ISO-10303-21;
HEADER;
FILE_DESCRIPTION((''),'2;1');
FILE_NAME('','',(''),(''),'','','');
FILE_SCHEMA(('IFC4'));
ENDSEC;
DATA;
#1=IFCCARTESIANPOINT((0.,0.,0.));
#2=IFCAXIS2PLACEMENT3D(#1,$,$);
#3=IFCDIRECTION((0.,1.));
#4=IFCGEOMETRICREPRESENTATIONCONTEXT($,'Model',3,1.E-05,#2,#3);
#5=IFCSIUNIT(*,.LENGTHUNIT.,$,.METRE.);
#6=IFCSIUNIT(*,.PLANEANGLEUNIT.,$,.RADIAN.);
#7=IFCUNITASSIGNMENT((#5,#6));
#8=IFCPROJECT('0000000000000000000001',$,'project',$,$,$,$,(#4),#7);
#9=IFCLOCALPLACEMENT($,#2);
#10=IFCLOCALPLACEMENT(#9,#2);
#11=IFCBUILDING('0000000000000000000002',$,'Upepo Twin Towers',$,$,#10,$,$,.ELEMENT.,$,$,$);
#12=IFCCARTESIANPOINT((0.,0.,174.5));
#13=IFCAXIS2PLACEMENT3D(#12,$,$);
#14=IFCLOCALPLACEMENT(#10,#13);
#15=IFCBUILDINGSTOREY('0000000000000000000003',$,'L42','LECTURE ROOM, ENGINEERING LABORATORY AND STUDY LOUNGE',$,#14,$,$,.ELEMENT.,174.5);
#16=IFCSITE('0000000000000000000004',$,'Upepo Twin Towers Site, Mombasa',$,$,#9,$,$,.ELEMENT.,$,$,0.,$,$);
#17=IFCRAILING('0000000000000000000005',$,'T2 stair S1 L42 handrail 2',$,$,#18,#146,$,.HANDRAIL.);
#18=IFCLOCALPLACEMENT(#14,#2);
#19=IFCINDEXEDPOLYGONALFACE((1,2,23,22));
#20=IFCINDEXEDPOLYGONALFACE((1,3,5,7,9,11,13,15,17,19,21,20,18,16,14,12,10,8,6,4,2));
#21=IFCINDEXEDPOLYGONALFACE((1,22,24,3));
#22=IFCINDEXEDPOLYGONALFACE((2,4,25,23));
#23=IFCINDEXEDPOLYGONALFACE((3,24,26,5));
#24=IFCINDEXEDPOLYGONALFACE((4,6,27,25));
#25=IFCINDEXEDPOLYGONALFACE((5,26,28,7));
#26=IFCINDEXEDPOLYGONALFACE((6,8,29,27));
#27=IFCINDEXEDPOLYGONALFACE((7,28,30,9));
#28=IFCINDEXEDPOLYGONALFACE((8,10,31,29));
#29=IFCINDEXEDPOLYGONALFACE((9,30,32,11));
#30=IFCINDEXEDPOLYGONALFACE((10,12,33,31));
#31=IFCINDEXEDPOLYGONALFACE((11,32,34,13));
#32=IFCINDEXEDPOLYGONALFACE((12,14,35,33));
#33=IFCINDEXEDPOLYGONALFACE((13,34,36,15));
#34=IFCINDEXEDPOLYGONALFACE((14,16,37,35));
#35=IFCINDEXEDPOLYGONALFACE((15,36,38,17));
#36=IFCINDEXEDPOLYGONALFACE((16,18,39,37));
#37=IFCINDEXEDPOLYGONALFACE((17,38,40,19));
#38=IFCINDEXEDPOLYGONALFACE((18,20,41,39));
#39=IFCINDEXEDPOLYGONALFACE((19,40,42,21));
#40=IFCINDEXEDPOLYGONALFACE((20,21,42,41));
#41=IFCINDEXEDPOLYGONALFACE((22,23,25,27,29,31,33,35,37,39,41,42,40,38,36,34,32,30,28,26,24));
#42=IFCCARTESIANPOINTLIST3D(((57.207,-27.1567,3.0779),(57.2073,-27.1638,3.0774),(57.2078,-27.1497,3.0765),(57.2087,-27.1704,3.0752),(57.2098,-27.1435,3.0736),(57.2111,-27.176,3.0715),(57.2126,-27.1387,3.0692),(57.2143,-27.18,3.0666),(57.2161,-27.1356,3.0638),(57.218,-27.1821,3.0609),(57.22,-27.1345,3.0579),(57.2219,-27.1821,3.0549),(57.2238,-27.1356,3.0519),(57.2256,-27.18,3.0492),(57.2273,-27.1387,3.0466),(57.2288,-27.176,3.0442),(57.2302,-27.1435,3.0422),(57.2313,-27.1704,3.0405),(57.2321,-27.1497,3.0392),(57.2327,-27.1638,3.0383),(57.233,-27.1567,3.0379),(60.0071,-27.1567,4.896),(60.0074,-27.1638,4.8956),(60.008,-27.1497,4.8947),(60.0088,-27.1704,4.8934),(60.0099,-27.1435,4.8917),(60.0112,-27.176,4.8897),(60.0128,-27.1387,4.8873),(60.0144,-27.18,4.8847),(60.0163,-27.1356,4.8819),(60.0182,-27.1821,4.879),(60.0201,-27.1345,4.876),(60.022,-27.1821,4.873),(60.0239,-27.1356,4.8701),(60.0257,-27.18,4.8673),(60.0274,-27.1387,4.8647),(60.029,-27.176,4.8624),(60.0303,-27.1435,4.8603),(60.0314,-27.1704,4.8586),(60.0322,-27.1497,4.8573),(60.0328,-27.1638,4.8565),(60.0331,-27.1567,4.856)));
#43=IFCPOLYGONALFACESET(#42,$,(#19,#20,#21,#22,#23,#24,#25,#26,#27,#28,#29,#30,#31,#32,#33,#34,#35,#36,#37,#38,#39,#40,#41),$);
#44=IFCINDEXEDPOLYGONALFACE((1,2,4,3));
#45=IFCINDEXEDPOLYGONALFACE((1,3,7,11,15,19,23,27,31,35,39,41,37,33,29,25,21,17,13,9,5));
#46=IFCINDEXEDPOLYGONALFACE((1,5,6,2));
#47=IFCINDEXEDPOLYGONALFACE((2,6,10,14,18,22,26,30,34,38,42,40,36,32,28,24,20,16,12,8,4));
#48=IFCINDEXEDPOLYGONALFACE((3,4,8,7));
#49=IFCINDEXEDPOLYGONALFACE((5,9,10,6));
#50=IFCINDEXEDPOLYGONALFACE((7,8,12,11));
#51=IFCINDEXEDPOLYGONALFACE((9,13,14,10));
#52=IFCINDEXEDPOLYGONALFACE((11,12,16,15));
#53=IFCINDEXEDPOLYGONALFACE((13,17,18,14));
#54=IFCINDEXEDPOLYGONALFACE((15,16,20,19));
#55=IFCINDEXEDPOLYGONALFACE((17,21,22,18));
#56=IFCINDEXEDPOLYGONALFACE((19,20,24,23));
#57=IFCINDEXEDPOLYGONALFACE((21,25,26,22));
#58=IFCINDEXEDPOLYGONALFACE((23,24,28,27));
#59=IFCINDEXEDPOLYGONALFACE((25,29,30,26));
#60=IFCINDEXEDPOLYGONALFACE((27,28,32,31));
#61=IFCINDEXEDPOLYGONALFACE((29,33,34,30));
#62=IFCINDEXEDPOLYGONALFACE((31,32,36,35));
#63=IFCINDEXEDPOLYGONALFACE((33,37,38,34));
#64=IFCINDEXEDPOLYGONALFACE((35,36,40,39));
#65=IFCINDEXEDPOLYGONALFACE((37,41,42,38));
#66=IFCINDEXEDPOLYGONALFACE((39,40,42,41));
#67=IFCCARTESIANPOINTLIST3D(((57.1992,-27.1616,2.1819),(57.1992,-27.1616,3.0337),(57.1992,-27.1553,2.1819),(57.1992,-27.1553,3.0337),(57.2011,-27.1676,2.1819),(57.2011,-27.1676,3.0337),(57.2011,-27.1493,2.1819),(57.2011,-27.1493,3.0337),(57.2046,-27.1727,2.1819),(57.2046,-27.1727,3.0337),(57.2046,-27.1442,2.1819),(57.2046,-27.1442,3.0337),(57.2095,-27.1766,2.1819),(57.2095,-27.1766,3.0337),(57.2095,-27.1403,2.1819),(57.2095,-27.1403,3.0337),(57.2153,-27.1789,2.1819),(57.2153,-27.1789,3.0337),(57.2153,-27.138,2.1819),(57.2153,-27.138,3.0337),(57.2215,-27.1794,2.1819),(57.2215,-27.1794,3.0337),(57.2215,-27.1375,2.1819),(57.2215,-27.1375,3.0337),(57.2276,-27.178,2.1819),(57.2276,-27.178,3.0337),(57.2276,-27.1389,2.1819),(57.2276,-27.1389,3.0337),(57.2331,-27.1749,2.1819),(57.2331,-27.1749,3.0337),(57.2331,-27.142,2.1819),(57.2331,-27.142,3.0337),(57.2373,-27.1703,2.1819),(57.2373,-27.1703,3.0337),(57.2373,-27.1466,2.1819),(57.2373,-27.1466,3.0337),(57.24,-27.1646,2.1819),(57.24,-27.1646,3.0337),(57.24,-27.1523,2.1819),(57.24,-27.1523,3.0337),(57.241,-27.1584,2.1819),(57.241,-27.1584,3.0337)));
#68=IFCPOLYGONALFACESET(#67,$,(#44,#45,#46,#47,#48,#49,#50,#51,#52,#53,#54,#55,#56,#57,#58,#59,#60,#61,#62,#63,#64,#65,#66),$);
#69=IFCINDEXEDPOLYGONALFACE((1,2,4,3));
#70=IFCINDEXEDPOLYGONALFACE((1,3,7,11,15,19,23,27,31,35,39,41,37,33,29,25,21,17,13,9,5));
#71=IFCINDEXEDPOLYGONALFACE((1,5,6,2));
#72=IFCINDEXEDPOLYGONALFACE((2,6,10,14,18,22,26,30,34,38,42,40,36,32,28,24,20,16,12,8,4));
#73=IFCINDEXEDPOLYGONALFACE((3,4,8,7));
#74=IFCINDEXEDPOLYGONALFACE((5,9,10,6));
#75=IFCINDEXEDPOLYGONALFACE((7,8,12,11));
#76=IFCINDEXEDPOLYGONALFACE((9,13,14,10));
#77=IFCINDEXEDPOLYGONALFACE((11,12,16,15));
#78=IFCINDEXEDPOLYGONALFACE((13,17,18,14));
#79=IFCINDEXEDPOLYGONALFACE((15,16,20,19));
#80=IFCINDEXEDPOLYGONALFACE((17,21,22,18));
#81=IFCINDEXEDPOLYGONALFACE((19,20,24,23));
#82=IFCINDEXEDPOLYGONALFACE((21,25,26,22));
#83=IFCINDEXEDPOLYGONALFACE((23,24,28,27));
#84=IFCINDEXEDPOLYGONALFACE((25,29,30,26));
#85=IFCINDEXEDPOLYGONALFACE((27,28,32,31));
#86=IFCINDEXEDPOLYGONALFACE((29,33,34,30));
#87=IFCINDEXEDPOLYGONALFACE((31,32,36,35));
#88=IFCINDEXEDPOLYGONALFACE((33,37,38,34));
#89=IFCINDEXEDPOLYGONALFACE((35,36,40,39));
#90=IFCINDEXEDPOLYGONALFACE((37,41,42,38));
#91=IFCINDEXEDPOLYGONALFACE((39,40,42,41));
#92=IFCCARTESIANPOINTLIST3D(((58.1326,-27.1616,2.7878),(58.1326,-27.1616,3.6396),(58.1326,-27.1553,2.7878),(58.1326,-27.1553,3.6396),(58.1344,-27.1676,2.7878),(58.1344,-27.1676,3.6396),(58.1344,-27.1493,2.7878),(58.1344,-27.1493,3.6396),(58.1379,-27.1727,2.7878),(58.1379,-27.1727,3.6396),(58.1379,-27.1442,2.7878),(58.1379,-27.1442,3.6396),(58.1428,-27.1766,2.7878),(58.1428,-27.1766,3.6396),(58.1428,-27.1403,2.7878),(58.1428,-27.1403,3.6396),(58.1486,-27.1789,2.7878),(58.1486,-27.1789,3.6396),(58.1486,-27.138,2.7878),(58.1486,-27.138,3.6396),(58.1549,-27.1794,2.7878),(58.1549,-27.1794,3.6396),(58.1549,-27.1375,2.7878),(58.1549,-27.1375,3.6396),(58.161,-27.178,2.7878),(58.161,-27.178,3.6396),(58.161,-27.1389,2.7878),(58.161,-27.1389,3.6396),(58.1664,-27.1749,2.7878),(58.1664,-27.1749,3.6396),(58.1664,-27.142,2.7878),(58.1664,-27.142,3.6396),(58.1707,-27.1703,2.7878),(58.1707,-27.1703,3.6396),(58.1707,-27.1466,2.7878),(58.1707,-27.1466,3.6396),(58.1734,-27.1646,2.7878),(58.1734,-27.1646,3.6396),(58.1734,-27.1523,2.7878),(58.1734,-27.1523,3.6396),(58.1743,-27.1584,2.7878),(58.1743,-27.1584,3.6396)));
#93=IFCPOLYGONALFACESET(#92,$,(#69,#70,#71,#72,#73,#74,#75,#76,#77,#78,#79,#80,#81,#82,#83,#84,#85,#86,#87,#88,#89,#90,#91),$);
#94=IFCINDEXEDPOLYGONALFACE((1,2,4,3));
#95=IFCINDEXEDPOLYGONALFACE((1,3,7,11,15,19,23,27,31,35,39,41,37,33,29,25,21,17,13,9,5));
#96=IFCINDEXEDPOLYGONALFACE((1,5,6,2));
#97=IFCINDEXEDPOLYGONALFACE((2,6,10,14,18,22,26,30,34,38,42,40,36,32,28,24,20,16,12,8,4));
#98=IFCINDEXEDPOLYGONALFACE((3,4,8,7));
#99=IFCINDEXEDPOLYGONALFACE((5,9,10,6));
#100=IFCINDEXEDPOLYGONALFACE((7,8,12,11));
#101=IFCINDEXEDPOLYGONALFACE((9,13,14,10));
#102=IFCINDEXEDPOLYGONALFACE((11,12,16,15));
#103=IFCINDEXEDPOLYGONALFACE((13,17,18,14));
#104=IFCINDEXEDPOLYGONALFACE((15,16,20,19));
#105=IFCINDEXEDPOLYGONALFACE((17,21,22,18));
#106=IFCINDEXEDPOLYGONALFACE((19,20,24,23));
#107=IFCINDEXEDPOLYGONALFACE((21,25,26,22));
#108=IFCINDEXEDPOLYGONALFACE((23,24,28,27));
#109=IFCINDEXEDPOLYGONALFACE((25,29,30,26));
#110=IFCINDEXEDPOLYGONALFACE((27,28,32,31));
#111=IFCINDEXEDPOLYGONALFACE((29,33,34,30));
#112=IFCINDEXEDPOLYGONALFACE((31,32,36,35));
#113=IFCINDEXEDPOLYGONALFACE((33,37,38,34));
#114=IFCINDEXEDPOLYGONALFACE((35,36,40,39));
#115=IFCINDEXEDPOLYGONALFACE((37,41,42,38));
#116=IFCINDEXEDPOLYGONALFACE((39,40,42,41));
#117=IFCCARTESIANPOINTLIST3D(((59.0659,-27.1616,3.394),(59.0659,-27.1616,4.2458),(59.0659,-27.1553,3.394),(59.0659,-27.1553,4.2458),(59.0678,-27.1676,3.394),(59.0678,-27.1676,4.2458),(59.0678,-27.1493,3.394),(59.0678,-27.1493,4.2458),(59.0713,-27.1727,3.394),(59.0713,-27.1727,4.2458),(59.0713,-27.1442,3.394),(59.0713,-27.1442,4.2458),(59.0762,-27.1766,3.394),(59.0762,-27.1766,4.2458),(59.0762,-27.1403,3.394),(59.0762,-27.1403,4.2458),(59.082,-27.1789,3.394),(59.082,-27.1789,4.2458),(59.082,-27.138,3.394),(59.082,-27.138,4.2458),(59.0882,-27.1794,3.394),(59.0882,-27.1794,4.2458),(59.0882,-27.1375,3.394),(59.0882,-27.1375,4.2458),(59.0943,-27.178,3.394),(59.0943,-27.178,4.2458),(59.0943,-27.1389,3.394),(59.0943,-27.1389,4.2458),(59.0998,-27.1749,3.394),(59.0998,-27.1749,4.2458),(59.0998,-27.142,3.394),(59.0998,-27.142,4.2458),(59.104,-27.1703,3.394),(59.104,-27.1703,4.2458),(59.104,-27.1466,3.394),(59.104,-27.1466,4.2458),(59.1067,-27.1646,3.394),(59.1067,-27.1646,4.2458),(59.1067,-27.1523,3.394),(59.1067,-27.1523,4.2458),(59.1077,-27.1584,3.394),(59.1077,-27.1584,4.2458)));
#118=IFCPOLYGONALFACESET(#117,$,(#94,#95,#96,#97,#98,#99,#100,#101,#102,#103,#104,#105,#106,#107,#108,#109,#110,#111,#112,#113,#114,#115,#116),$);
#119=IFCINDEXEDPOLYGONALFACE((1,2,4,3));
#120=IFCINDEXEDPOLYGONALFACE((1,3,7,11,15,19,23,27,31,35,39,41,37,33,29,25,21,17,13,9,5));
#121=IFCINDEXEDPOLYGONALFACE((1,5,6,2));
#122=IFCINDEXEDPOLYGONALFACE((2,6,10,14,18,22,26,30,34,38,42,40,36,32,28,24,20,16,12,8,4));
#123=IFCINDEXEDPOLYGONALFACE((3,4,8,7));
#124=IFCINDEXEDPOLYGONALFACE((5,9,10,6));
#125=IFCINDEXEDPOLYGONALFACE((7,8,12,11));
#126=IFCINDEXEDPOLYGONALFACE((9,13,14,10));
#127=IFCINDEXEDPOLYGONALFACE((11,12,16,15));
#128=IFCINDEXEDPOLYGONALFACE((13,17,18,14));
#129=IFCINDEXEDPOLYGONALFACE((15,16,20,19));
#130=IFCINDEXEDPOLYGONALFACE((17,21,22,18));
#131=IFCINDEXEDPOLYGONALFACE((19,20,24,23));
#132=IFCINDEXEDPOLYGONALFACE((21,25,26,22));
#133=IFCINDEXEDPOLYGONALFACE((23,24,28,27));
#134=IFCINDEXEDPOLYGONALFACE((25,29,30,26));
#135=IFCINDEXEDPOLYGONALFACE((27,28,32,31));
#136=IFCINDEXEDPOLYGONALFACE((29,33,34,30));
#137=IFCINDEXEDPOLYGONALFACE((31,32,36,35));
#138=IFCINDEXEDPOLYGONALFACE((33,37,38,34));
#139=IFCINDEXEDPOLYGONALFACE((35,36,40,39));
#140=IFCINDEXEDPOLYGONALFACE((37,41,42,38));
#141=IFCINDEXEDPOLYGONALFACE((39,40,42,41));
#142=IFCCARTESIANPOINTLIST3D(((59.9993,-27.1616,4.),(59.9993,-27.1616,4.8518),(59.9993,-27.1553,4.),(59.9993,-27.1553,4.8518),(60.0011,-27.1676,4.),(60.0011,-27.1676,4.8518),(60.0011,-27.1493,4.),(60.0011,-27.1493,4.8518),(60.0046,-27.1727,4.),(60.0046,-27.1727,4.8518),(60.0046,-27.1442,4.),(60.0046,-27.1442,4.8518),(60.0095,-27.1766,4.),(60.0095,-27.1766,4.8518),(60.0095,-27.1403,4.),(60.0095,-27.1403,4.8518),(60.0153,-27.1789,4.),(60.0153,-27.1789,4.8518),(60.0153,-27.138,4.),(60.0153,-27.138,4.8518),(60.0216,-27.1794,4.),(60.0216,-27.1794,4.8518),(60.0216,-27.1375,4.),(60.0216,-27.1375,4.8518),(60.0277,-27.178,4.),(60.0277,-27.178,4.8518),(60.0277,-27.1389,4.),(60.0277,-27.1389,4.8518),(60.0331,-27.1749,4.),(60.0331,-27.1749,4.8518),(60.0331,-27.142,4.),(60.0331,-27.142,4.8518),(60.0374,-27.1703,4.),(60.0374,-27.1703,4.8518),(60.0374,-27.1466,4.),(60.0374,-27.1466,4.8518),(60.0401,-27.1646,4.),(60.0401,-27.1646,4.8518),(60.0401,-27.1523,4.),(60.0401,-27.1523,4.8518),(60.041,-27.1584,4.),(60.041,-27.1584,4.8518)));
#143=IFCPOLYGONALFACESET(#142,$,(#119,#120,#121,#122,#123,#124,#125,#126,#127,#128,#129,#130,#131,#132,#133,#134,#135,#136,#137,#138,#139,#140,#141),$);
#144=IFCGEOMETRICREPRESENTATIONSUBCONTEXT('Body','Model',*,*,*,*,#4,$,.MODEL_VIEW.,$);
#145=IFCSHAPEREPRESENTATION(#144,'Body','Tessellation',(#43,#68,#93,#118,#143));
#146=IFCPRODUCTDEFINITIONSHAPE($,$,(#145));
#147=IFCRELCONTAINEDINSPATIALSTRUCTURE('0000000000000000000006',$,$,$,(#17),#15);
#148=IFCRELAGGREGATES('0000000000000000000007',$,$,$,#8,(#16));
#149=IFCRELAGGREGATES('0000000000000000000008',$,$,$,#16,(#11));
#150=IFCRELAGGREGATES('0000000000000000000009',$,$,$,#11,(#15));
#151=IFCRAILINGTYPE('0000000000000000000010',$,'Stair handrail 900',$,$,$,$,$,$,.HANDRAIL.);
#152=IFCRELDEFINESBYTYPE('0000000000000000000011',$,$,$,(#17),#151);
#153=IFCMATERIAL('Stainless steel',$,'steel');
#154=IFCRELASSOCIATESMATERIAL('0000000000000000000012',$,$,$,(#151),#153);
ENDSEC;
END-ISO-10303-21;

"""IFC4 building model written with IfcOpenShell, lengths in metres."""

from ifc_helpers import new_model, si_unit, direction, frame, origin, origin_2d, place, context, subcontext, project, spatial, circle, extrude, material, type_object, element, save


model = new_model("IFC4")

# Units and contexts
model_context = context("Model", 3, precision=1e-05, world=origin(), true_north=direction((0.0, 1.0)))
body_context = subcontext(model_context, "Body", "Model", "MODEL_VIEW")
ifc_project = project(units=[si_unit("LENGTHUNIT", "METRE"), si_unit("PLANEANGLEUNIT", "RADIAN")], contexts=[model_context])

# Site, building, storey
site_placement = place(None, origin())
site = spatial("IfcSite", under=ifc_project, at=site_placement, Name="Upepo Twin Towers Site, Mombasa", CompositionType="ELEMENT", RefElevation=0.0)
building_placement = place(site_placement, origin())
building = spatial("IfcBuilding", under=site, at=building_placement, Name="Upepo Twin Towers", CompositionType="ELEMENT")
storey_placement = place(building_placement, frame((0.0, 0.0, 174.5)))
storey = spatial("IfcBuildingStorey", under=building, at=storey_placement, Name="L42", Description="LECTURE ROOM, ENGINEERING LABORATORY AND STUDY LOUNGE", CompositionType="ELEMENT", Elevation=174.5)

# Railing
ifc_material_1 = material(Name="Stainless steel", Category="steel")
railing_type = type_object("IfcRailingType", Name="Stair handrail 900", PredefinedType="HANDRAIL", material=ifc_material_1)
railing_1_placement = place(storey_placement, frame((57.22, -27.1584, 2.1819)))
element("IfcRailing", 1, at=railing_1_placement, inside=storey, type_object=railing_type, Name="T2 stair S1 L42 handrail 2", PredefinedType="HANDRAIL", context=body_context, shape_type="SweptSolid", body=[
    extrude(circle(Radius=0.0239, at=origin_2d()), frame((0.0, 0.0, 0.876), z_axis=(0.838706, 0.0, 0.544585), x_axis=(0.0, 1.0, 0.0)), (0.0, 0.0, 1.0), 3.3386),
    extrude(circle(Radius=0.021, at=origin_2d()), origin(), (0.0, 0.0, 1.0), 0.8518),
    extrude(circle(Radius=0.021, at=origin_2d()), frame((0.9333, 0.0, 0.606)), (0.0, 0.0, 1.0), 0.8518),
    extrude(circle(Radius=0.021, at=origin_2d()), frame((1.8667, 0.0, 1.2122)), (0.0, 0.0, 1.0), 0.8518),
    extrude(circle(Radius=0.021, at=origin_2d()), frame((2.8, 0.0, 1.8181)), (0.0, 0.0, 1.0), 0.8518),
])

save(model, "model.ifc")
